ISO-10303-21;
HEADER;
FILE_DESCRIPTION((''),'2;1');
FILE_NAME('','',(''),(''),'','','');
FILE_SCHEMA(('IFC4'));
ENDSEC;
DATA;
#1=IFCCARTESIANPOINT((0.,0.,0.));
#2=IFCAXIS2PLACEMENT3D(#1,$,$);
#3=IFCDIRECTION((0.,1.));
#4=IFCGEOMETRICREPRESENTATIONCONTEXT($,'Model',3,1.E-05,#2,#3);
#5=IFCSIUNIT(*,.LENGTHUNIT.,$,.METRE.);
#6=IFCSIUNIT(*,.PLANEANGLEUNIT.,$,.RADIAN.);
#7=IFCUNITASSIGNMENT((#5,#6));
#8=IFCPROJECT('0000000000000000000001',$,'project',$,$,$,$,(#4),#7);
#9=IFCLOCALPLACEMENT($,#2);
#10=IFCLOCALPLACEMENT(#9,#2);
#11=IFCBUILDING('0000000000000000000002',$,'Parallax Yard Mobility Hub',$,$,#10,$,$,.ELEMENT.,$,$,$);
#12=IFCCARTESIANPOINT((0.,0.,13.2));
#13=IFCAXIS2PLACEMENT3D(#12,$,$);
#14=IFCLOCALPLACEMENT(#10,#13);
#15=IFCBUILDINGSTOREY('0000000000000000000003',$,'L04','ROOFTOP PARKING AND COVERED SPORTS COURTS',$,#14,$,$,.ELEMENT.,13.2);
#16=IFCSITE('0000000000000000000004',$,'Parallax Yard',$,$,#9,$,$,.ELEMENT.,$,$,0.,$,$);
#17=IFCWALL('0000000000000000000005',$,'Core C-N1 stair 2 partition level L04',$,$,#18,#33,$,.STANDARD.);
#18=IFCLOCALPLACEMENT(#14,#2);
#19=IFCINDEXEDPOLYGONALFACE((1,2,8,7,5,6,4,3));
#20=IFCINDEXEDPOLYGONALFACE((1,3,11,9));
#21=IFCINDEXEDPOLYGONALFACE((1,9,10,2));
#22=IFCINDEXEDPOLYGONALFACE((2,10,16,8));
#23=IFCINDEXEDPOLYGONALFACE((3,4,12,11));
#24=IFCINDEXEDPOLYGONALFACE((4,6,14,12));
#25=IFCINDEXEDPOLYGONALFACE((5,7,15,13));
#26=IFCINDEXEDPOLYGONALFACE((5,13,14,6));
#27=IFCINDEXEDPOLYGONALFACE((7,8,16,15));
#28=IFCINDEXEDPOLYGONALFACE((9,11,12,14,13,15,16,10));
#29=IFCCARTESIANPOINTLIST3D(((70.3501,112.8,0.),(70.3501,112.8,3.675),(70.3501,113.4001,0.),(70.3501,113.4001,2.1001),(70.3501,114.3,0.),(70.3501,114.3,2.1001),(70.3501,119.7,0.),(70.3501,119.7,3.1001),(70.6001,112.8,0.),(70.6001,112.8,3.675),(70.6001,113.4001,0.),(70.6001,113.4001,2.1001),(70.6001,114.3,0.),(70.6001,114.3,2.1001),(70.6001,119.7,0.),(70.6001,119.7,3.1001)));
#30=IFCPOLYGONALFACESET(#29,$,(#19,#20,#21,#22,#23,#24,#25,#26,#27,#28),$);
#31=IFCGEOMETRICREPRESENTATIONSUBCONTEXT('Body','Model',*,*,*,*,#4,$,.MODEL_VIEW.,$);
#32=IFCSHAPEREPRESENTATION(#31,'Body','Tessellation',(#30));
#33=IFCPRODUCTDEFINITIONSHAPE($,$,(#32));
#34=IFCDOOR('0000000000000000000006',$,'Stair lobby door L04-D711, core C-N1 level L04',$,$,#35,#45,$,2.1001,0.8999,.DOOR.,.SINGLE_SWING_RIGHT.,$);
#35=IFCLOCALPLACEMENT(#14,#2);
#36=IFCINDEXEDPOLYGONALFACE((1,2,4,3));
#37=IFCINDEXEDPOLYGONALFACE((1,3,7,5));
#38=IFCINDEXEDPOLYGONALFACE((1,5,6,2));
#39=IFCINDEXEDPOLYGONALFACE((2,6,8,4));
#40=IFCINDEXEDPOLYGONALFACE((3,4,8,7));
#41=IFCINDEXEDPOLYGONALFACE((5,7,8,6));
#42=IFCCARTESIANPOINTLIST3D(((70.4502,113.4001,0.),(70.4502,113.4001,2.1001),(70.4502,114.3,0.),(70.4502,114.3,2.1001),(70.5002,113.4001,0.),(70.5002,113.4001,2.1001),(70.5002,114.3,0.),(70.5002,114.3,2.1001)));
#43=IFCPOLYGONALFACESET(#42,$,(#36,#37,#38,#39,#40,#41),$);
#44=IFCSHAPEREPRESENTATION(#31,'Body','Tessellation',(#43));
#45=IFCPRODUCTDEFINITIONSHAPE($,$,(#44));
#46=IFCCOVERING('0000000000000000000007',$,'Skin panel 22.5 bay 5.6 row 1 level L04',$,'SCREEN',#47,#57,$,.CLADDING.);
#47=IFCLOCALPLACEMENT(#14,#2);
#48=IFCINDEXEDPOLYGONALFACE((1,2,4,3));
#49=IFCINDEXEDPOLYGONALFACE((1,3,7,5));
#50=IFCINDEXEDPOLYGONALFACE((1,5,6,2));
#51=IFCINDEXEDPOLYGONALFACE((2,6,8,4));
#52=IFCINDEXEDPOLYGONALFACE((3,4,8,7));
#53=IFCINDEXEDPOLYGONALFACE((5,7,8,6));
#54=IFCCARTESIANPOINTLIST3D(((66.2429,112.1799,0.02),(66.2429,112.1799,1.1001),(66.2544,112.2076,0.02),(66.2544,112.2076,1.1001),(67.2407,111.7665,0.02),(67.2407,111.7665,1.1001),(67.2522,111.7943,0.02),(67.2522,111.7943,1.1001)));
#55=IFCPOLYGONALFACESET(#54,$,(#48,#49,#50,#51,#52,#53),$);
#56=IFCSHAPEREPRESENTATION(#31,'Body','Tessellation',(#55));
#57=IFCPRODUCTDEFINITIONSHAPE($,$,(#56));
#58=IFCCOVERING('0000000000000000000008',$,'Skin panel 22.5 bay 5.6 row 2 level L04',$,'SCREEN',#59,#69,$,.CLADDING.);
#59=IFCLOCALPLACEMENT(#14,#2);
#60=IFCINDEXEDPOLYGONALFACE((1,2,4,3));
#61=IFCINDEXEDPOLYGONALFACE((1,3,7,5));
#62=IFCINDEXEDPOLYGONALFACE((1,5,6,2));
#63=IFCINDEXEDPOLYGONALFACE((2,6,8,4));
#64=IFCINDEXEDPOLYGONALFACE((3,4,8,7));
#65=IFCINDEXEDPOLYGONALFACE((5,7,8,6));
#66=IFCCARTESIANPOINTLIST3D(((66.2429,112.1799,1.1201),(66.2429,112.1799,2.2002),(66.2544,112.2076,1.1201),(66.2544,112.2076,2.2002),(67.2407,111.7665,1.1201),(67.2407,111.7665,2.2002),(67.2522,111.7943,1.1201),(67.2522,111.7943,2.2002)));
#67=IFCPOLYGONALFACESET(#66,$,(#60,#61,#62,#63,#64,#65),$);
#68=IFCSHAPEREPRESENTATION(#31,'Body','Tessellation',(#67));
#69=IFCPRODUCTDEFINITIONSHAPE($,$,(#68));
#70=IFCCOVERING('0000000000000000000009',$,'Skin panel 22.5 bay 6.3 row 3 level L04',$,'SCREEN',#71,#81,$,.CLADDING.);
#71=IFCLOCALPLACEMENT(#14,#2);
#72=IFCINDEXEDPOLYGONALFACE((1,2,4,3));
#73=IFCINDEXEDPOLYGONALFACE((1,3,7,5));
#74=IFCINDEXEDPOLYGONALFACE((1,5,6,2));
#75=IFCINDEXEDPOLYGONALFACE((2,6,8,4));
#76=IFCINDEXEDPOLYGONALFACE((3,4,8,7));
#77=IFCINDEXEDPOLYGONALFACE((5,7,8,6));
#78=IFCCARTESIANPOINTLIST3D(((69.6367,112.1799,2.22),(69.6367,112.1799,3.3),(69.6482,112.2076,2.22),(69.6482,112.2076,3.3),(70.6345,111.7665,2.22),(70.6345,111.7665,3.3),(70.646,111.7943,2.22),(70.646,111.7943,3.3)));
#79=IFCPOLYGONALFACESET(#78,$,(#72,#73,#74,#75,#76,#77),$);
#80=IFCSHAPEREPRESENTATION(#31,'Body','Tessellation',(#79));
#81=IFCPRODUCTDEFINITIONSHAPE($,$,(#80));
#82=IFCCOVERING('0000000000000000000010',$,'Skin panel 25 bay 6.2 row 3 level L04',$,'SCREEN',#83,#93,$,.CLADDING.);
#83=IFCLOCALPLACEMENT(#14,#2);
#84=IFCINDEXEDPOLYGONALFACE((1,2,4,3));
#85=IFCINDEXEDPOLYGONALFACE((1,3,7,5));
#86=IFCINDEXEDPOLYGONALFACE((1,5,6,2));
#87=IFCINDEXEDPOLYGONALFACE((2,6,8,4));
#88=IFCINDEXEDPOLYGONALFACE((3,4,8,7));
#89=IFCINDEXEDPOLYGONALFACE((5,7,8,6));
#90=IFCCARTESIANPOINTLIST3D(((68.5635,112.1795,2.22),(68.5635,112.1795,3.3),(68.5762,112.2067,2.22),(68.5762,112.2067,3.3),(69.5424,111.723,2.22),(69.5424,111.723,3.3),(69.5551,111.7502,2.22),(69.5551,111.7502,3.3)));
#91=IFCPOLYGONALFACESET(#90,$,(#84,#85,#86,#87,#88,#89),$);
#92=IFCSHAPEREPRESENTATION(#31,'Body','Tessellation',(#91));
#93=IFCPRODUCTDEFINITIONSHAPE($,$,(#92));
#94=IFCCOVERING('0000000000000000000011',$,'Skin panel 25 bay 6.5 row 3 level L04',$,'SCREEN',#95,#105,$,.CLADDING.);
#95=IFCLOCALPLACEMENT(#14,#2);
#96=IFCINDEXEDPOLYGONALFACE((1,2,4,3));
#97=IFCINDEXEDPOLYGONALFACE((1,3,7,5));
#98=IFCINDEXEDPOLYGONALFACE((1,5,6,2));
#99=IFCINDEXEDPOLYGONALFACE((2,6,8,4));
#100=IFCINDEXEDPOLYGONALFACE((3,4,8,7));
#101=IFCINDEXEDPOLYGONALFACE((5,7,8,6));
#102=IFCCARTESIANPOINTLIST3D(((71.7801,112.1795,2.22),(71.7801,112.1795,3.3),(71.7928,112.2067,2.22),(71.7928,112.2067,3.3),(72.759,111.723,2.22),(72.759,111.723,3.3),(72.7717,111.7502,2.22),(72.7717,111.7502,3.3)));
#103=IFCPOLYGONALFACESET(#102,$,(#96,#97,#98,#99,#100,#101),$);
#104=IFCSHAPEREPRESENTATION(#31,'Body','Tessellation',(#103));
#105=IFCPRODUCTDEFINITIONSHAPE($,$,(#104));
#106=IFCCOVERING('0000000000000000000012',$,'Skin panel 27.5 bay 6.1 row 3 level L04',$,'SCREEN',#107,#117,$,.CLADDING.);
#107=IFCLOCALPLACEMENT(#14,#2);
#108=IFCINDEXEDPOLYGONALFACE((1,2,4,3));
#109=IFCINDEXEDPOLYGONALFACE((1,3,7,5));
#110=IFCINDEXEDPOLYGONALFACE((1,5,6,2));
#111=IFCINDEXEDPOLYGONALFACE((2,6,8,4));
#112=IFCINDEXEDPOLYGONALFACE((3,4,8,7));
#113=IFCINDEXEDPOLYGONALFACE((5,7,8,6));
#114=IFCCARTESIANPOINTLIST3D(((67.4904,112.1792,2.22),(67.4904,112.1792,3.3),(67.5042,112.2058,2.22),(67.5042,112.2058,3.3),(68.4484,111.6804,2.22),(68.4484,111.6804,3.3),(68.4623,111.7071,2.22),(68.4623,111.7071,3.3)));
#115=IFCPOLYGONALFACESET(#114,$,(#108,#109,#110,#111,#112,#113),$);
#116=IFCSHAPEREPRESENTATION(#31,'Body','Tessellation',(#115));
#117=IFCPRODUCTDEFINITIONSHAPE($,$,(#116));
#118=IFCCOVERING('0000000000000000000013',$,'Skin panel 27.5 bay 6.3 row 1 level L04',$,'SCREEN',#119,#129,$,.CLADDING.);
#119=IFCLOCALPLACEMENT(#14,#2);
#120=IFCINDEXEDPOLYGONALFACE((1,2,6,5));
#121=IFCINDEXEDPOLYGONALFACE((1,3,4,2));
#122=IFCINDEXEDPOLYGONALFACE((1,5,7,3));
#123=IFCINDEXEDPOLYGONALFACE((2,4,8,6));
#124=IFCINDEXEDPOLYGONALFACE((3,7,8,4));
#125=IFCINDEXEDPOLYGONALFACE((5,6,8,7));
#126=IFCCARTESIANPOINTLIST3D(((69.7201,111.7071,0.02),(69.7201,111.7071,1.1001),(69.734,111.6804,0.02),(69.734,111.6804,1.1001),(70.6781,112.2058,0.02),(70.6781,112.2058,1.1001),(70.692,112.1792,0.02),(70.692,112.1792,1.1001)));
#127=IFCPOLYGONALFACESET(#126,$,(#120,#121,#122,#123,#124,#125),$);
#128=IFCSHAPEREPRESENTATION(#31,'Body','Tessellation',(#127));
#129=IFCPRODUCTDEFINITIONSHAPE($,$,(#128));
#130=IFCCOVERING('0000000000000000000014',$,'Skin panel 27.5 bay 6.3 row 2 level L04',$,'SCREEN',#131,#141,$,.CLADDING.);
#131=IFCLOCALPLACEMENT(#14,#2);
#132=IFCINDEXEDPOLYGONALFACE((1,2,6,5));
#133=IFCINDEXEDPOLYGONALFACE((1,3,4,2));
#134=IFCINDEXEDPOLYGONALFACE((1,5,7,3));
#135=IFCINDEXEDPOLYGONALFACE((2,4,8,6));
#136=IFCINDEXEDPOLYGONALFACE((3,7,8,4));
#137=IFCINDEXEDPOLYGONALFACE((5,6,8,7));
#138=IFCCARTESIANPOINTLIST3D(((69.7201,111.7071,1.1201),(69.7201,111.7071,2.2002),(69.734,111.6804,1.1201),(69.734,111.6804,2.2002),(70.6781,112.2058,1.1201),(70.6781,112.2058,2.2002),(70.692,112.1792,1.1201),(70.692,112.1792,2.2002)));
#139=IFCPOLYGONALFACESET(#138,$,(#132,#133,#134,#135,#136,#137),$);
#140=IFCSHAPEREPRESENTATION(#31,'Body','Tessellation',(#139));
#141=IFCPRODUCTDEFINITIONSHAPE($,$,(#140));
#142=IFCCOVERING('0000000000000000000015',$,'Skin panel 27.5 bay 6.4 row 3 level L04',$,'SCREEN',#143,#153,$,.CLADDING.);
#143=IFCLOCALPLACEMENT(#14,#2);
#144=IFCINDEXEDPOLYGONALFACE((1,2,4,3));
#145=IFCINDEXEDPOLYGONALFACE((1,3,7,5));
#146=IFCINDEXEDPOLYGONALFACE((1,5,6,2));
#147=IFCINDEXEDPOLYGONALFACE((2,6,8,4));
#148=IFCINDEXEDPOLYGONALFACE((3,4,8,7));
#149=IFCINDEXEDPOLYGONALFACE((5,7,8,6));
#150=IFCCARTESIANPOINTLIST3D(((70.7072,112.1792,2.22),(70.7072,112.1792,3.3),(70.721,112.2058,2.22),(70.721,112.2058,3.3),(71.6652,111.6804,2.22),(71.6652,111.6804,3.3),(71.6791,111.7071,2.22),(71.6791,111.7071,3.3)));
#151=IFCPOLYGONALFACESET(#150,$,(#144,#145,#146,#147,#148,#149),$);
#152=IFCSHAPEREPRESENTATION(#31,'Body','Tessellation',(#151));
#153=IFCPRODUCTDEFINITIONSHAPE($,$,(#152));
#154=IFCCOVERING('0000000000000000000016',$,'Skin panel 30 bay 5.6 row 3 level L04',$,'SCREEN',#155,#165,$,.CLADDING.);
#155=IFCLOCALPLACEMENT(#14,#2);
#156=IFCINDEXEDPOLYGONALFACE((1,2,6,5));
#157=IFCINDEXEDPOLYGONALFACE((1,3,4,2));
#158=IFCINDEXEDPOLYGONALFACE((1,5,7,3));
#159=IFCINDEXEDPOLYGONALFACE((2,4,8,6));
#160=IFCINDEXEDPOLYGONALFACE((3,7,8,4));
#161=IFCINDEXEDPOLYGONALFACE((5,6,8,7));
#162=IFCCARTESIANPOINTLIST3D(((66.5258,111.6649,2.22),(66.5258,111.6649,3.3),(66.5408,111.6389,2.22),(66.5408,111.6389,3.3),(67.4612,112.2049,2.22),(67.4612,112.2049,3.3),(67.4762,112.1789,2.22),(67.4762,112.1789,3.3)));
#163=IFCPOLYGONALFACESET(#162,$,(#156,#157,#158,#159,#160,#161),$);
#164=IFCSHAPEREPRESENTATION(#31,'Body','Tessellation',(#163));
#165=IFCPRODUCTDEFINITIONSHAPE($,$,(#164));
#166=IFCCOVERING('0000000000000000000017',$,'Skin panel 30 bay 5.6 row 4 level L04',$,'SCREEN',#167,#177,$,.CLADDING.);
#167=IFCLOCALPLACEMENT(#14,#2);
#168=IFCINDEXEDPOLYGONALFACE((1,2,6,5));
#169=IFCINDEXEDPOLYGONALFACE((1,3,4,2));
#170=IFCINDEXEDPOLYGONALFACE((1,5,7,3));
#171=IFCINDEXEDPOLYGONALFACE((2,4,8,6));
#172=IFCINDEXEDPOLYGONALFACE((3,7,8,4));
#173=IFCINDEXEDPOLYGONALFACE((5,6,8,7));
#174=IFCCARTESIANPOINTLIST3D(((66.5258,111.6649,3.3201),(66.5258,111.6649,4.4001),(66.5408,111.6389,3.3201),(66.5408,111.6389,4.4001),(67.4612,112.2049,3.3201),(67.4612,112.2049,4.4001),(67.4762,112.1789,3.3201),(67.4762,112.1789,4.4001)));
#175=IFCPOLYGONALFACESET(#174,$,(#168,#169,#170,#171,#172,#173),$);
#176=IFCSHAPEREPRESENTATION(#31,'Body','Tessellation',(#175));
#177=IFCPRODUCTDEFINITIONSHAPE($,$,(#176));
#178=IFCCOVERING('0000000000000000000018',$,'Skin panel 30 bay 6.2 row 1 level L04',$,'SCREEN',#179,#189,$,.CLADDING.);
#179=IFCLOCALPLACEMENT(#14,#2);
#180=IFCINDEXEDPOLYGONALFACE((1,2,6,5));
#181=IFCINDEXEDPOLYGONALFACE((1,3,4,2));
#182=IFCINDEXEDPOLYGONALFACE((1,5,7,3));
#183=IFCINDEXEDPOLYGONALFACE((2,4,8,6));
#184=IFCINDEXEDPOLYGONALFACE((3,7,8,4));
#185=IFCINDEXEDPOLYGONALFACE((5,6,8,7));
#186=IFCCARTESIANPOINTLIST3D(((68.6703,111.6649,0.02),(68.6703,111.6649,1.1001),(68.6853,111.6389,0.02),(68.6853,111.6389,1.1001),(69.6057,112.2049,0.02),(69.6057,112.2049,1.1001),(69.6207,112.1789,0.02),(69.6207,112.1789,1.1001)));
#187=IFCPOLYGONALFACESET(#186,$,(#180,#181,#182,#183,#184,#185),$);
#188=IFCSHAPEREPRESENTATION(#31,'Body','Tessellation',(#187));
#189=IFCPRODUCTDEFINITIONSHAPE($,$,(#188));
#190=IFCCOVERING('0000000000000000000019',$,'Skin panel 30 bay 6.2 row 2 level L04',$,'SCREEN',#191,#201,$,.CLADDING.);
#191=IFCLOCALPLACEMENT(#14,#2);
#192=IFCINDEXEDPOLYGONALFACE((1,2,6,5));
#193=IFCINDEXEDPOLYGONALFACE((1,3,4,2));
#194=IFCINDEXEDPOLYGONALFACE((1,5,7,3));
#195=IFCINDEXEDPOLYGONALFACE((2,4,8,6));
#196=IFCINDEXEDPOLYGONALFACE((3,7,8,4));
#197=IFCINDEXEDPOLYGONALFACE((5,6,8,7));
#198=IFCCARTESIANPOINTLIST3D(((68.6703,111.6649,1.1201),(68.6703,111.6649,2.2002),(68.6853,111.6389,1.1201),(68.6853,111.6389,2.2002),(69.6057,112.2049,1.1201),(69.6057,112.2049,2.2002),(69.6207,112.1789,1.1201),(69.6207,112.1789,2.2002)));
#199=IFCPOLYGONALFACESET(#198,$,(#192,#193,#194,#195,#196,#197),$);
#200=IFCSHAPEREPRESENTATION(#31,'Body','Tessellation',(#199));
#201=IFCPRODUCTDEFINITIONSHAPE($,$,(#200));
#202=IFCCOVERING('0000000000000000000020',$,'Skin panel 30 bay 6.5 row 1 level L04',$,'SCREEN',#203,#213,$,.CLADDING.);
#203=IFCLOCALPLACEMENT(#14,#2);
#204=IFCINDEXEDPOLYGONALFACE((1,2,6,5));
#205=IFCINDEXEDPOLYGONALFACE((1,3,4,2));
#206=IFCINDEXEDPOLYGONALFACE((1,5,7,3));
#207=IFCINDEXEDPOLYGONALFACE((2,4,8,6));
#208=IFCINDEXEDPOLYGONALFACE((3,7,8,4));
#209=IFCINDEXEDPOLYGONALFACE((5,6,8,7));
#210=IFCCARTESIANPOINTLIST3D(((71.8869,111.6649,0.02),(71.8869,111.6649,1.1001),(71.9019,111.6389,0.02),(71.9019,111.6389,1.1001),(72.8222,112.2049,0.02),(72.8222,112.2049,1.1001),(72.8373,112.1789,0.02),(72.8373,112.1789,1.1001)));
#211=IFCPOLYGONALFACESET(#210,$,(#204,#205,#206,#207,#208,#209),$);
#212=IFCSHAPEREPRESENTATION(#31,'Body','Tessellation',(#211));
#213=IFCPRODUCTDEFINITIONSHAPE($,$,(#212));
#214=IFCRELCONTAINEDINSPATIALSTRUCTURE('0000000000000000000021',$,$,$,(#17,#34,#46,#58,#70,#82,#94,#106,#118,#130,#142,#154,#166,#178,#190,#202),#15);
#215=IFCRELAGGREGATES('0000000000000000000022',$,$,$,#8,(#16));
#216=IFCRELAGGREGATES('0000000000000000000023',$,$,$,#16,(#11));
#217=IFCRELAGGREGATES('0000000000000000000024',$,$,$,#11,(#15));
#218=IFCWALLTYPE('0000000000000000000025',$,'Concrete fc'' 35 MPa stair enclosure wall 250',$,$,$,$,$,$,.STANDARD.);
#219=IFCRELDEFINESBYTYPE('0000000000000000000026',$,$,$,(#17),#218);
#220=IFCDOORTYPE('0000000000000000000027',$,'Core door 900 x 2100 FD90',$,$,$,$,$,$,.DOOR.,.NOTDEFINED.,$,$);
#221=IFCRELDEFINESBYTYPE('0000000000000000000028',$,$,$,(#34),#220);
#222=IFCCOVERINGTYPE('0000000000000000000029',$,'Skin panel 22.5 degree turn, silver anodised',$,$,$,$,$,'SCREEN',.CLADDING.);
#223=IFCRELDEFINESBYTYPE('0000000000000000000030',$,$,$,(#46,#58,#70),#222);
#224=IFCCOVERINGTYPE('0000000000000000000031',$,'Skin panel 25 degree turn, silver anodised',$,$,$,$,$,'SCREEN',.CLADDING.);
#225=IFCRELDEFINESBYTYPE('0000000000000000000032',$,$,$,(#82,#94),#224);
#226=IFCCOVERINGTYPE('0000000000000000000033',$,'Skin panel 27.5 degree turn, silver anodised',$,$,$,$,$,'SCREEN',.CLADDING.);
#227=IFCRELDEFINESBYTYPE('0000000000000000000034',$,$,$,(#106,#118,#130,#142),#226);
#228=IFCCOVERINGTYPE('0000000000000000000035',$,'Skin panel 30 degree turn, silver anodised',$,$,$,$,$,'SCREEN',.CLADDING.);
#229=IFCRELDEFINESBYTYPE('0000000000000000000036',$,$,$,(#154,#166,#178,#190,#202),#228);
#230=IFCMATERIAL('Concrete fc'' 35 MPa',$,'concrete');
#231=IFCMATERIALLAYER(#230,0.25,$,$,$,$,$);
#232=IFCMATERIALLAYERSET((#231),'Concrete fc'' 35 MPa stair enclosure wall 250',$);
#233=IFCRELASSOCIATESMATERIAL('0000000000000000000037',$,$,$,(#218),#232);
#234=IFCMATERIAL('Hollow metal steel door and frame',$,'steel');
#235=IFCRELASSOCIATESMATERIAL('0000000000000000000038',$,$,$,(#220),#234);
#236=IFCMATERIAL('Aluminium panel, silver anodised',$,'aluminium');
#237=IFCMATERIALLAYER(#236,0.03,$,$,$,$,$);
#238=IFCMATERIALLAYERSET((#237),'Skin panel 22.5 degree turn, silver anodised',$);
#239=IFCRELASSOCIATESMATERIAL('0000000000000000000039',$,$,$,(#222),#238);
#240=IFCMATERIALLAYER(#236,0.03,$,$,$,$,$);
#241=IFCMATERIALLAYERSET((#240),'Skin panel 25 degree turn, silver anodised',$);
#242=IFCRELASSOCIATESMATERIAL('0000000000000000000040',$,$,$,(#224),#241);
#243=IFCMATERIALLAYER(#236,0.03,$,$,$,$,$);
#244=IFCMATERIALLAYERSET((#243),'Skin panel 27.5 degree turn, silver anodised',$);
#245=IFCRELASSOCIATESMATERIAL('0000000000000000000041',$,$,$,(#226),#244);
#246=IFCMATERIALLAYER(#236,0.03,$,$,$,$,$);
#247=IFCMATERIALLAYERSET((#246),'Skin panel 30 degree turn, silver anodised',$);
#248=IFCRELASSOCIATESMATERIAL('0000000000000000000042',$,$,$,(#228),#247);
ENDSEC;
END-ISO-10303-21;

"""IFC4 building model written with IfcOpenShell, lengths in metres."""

from ifc_helpers import new_model, si_unit, direction, frame, frame_2d, origin, origin_2d, place, context, subcontext, project, spatial, polyline, rectangle, outline, extrude, material, layer, layer_set, type_object, element, fill, save


model = new_model("IFC4")

# Units and contexts
model_context = context("Model", 3, precision=1e-05, world=origin(), true_north=direction((0.0, 1.0)))
body_context = subcontext(model_context, "Body", "Model", "MODEL_VIEW")
ifc_project = project(units=[si_unit("LENGTHUNIT", "METRE"), si_unit("PLANEANGLEUNIT", "RADIAN")], contexts=[model_context])

# Site, building, storey
site_placement = place(None, origin())
site = spatial("IfcSite", under=ifc_project, at=site_placement, Name="Parallax Yard", CompositionType="ELEMENT", RefElevation=0.0)
building_placement = place(site_placement, origin())
building = spatial("IfcBuilding", under=site, at=building_placement, Name="Parallax Yard Mobility Hub", CompositionType="ELEMENT")
storey_placement = place(building_placement, frame((0.0, 0.0, 13.2)))
storey = spatial("IfcBuildingStorey", under=building, at=storey_placement, Name="L04", Description="ROOFTOP PARKING AND COVERED SPORTS COURTS", CompositionType="ELEMENT", Elevation=13.2)

# Wall, opening, door
ifc_material_1 = material(Name="Concrete fc' 35 MPa", Category="concrete")
ifc_layer_1 = layer(ifc_material_1, 0.25)
ifc_layer_set_1 = layer_set([ifc_layer_1], Name="Concrete fc' 35 MPa stair enclosure wall 250")
wall_type = type_object("IfcWallType", Name="Concrete fc' 35 MPa stair enclosure wall 250", PredefinedType="STANDARD", material=ifc_layer_set_1)
wall_placement = place(storey_placement, frame((70.4751, 112.8, 0.0), z_axis=(0.0, 0.0, 1.0), x_axis=(0.0, 1.0, 0.0)))
wall = element("IfcWall", 1, at=wall_placement, inside=storey, type_object=wall_type, Name="Core C-N1 stair 2 partition level L04", PredefinedType="STANDARD", context=body_context, shape_type="SweptSolid", body=[
    extrude(outline(polyline([(0.0, 0.0), (6.8999, 0.0), (6.8999, 3.1001), (0.0, 3.675), (0.0, 0.0)])), frame((0.0, 0.125, 0.0), z_axis=(0.0, -1.0, 0.0), x_axis=(1.0, 0.0, 0.0)), (0.0, 0.0, 1.0), 0.25),
])
opening_placement = place(wall_placement, frame((0.6001, 0.0, 0.0)))
opening = element("IfcOpeningElement", 2, at=opening_placement, cuts=wall, PredefinedType="OPENING", context=body_context, shape_type="SweptSolid", body=[
    extrude(rectangle(XDim=0.8999, YDim=2.1001, at=frame_2d((0.45, 1.05))), frame((0.0, 0.135, 0.0), z_axis=(0.0, -1.0, 0.0), x_axis=(1.0, 0.0, 0.0)), (0.0, 0.0, 1.0), 0.27),
])
ifc_material_2 = material(Name="Hollow metal steel door and frame", Category="steel")
door_type = type_object("IfcDoorType", Name="Core door 900 x 2100 FD90", OperationType="NOTDEFINED", PredefinedType="DOOR", material=ifc_material_2)
door_placement = place(opening_placement, origin())
door = element("IfcDoor", 3, at=door_placement, inside=storey, type_object=door_type, Name="Stair lobby door L04-D711, core C-N1 level L04", OperationType="SINGLE_SWING_RIGHT", OverallHeight=2.1001, OverallWidth=0.8999, PredefinedType="DOOR", context=body_context, shape_type="SweptSolid", body=[
    extrude(rectangle(XDim=0.8999, YDim=2.1001, at=frame_2d((0.45, 1.05))), frame((0.0, 0.0249, 0.0), z_axis=(0.0, -1.0, 0.0), x_axis=(1.0, 0.0, 0.0)), (0.0, 0.0, 1.0), 0.05),
])
fill(opening, door)

# Coverings
ifc_material_3 = material(Name="Aluminium panel, silver anodised", Category="aluminium")
ifc_layer_2 = layer(ifc_material_3, 0.03)
ifc_layer_set_2 = layer_set([ifc_layer_2], Name="Skin panel 22.5 degree turn, silver anodised")
covering_type_1 = type_object("IfcCoveringType", Name="Skin panel 22.5 degree turn, silver anodised", ElementType="SCREEN", PredefinedType="CLADDING", material=ifc_layer_set_2)
for number, where, z_axis, x_axis, name in (
    (4, (66.7476, 111.9871, 0.02), (0.0, 0.0, 1.0), (0.92388, -0.382683, 0.0), "Skin panel 22.5 bay 5.6 row 1 level L04"),
    (5, (66.7476, 111.9871, 1.1201), (0.0, 0.0, 1.0), (0.92388, -0.382683, 0.0), "Skin panel 22.5 bay 5.6 row 2 level L04"),
    (6, (70.1414, 111.9871, 2.22), (0.0, 0.0, 1.0), (0.92388, -0.382683, 0.0), "Skin panel 22.5 bay 6.3 row 3 level L04"),
):
    element("IfcCovering", number, at=place(storey_placement, frame(where, z_axis=z_axis, x_axis=x_axis)), inside=storey, type_object=covering_type_1, Name=name, ObjectType="SCREEN", PredefinedType="CLADDING", context=body_context, shape_type="SweptSolid", body=[
        extrude(rectangle(XDim=1.0801, YDim=0.03, at=origin_2d()), origin(), (0.0, 0.0, 1.0), 1.0801),
    ])
ifc_layer_3 = layer(ifc_material_3, 0.03)
ifc_layer_set_3 = layer_set([ifc_layer_3], Name="Skin panel 25 degree turn, silver anodised")
covering_type_2 = type_object("IfcCoveringType", Name="Skin panel 25 degree turn, silver anodised", ElementType="SCREEN", PredefinedType="CLADDING", material=ifc_layer_set_3)
for number, where, z_axis, x_axis, name in (
    (7, (69.0593, 111.9648, 2.22), (0.0, 0.0, 1.0), (0.906308, -0.422618, 0.0), "Skin panel 25 bay 6.2 row 3 level L04"),
    (8, (72.2759, 111.9648, 2.22), (0.0, 0.0, 1.0), (0.906308, -0.422618, 0.0), "Skin panel 25 bay 6.5 row 3 level L04"),
):
    element("IfcCovering", number, at=place(storey_placement, frame(where, z_axis=z_axis, x_axis=x_axis)), inside=storey, type_object=covering_type_2, Name=name, ObjectType="SCREEN", PredefinedType="CLADDING", context=body_context, shape_type="SweptSolid", body=[
        extrude(rectangle(XDim=1.0801, YDim=0.03, at=origin_2d()), origin(), (0.0, 0.0, 1.0), 1.0801),
    ])
ifc_layer_4 = layer(ifc_material_3, 0.03)
ifc_layer_set_4 = layer_set([ifc_layer_4], Name="Skin panel 27.5 degree turn, silver anodised")
covering_type_3 = type_object("IfcCoveringType", Name="Skin panel 27.5 degree turn, silver anodised", ElementType="SCREEN", PredefinedType="CLADDING", material=ifc_layer_set_4)
for number, where, z_axis, x_axis, name in (
    (9, (67.9763, 111.9431, 2.22), (0.0, 0.0, 1.0), (0.887011, -0.461749, 0.0), "Skin panel 27.5 bay 6.1 row 3 level L04"),
    (10, (70.2061, 111.9431, 0.02), (0.0, 0.0, 1.0), (-0.887011, -0.461749, 0.0), "Skin panel 27.5 bay 6.3 row 1 level L04"),
    (11, (70.2061, 111.9431, 1.1201), (0.0, 0.0, 1.0), (-0.887011, -0.461749, 0.0), "Skin panel 27.5 bay 6.3 row 2 level L04"),
    (12, (71.1931, 111.9431, 2.22), (0.0, 0.0, 1.0), (0.887011, -0.461749, 0.0), "Skin panel 27.5 bay 6.4 row 3 level L04"),
):
    element("IfcCovering", number, at=place(storey_placement, frame(where, z_axis=z_axis, x_axis=x_axis)), inside=storey, type_object=covering_type_3, Name=name, ObjectType="SCREEN", PredefinedType="CLADDING", context=body_context, shape_type="SweptSolid", body=[
        extrude(rectangle(XDim=1.0801, YDim=0.03, at=origin_2d()), origin(), (0.0, 0.0, 1.0), 1.0801),
    ])
ifc_layer_5 = layer(ifc_material_3, 0.03)
ifc_layer_set_5 = layer_set([ifc_layer_5], Name="Skin panel 30 degree turn, silver anodised")
covering_type_4 = type_object("IfcCoveringType", Name="Skin panel 30 degree turn, silver anodised", ElementType="SCREEN", PredefinedType="CLADDING", material=ifc_layer_set_5)
for number, where, z_axis, x_axis, name in (
    (13, (67.001, 111.9219, 2.22), (0.0, 0.0, 1.0), (-0.866025, -0.5, 0.0), "Skin panel 30 bay 5.6 row 3 level L04"),
    (14, (67.001, 111.9219, 3.3201), (0.0, 0.0, 1.0), (-0.866025, -0.5, 0.0), "Skin panel 30 bay 5.6 row 4 level L04"),
    (15, (69.1455, 111.9219, 0.02), (0.0, 0.0, 1.0), (-0.866025, -0.5, 0.0), "Skin panel 30 bay 6.2 row 1 level L04"),
    (16, (69.1455, 111.9219, 1.1201), (0.0, 0.0, 1.0), (-0.866025, -0.5, 0.0), "Skin panel 30 bay 6.2 row 2 level L04"),
    (17, (72.3621, 111.9219, 0.02), (0.0, 0.0, 1.0), (-0.866025, -0.5, 0.0), "Skin panel 30 bay 6.5 row 1 level L04"),
):
    element("IfcCovering", number, at=place(storey_placement, frame(where, z_axis=z_axis, x_axis=x_axis)), inside=storey, type_object=covering_type_4, Name=name, ObjectType="SCREEN", PredefinedType="CLADDING", context=body_context, shape_type="SweptSolid", body=[
        extrude(rectangle(XDim=1.0801, YDim=0.03, at=origin_2d()), origin(), (0.0, 0.0, 1.0), 1.0801),
    ])

save(model, "model.ifc")
